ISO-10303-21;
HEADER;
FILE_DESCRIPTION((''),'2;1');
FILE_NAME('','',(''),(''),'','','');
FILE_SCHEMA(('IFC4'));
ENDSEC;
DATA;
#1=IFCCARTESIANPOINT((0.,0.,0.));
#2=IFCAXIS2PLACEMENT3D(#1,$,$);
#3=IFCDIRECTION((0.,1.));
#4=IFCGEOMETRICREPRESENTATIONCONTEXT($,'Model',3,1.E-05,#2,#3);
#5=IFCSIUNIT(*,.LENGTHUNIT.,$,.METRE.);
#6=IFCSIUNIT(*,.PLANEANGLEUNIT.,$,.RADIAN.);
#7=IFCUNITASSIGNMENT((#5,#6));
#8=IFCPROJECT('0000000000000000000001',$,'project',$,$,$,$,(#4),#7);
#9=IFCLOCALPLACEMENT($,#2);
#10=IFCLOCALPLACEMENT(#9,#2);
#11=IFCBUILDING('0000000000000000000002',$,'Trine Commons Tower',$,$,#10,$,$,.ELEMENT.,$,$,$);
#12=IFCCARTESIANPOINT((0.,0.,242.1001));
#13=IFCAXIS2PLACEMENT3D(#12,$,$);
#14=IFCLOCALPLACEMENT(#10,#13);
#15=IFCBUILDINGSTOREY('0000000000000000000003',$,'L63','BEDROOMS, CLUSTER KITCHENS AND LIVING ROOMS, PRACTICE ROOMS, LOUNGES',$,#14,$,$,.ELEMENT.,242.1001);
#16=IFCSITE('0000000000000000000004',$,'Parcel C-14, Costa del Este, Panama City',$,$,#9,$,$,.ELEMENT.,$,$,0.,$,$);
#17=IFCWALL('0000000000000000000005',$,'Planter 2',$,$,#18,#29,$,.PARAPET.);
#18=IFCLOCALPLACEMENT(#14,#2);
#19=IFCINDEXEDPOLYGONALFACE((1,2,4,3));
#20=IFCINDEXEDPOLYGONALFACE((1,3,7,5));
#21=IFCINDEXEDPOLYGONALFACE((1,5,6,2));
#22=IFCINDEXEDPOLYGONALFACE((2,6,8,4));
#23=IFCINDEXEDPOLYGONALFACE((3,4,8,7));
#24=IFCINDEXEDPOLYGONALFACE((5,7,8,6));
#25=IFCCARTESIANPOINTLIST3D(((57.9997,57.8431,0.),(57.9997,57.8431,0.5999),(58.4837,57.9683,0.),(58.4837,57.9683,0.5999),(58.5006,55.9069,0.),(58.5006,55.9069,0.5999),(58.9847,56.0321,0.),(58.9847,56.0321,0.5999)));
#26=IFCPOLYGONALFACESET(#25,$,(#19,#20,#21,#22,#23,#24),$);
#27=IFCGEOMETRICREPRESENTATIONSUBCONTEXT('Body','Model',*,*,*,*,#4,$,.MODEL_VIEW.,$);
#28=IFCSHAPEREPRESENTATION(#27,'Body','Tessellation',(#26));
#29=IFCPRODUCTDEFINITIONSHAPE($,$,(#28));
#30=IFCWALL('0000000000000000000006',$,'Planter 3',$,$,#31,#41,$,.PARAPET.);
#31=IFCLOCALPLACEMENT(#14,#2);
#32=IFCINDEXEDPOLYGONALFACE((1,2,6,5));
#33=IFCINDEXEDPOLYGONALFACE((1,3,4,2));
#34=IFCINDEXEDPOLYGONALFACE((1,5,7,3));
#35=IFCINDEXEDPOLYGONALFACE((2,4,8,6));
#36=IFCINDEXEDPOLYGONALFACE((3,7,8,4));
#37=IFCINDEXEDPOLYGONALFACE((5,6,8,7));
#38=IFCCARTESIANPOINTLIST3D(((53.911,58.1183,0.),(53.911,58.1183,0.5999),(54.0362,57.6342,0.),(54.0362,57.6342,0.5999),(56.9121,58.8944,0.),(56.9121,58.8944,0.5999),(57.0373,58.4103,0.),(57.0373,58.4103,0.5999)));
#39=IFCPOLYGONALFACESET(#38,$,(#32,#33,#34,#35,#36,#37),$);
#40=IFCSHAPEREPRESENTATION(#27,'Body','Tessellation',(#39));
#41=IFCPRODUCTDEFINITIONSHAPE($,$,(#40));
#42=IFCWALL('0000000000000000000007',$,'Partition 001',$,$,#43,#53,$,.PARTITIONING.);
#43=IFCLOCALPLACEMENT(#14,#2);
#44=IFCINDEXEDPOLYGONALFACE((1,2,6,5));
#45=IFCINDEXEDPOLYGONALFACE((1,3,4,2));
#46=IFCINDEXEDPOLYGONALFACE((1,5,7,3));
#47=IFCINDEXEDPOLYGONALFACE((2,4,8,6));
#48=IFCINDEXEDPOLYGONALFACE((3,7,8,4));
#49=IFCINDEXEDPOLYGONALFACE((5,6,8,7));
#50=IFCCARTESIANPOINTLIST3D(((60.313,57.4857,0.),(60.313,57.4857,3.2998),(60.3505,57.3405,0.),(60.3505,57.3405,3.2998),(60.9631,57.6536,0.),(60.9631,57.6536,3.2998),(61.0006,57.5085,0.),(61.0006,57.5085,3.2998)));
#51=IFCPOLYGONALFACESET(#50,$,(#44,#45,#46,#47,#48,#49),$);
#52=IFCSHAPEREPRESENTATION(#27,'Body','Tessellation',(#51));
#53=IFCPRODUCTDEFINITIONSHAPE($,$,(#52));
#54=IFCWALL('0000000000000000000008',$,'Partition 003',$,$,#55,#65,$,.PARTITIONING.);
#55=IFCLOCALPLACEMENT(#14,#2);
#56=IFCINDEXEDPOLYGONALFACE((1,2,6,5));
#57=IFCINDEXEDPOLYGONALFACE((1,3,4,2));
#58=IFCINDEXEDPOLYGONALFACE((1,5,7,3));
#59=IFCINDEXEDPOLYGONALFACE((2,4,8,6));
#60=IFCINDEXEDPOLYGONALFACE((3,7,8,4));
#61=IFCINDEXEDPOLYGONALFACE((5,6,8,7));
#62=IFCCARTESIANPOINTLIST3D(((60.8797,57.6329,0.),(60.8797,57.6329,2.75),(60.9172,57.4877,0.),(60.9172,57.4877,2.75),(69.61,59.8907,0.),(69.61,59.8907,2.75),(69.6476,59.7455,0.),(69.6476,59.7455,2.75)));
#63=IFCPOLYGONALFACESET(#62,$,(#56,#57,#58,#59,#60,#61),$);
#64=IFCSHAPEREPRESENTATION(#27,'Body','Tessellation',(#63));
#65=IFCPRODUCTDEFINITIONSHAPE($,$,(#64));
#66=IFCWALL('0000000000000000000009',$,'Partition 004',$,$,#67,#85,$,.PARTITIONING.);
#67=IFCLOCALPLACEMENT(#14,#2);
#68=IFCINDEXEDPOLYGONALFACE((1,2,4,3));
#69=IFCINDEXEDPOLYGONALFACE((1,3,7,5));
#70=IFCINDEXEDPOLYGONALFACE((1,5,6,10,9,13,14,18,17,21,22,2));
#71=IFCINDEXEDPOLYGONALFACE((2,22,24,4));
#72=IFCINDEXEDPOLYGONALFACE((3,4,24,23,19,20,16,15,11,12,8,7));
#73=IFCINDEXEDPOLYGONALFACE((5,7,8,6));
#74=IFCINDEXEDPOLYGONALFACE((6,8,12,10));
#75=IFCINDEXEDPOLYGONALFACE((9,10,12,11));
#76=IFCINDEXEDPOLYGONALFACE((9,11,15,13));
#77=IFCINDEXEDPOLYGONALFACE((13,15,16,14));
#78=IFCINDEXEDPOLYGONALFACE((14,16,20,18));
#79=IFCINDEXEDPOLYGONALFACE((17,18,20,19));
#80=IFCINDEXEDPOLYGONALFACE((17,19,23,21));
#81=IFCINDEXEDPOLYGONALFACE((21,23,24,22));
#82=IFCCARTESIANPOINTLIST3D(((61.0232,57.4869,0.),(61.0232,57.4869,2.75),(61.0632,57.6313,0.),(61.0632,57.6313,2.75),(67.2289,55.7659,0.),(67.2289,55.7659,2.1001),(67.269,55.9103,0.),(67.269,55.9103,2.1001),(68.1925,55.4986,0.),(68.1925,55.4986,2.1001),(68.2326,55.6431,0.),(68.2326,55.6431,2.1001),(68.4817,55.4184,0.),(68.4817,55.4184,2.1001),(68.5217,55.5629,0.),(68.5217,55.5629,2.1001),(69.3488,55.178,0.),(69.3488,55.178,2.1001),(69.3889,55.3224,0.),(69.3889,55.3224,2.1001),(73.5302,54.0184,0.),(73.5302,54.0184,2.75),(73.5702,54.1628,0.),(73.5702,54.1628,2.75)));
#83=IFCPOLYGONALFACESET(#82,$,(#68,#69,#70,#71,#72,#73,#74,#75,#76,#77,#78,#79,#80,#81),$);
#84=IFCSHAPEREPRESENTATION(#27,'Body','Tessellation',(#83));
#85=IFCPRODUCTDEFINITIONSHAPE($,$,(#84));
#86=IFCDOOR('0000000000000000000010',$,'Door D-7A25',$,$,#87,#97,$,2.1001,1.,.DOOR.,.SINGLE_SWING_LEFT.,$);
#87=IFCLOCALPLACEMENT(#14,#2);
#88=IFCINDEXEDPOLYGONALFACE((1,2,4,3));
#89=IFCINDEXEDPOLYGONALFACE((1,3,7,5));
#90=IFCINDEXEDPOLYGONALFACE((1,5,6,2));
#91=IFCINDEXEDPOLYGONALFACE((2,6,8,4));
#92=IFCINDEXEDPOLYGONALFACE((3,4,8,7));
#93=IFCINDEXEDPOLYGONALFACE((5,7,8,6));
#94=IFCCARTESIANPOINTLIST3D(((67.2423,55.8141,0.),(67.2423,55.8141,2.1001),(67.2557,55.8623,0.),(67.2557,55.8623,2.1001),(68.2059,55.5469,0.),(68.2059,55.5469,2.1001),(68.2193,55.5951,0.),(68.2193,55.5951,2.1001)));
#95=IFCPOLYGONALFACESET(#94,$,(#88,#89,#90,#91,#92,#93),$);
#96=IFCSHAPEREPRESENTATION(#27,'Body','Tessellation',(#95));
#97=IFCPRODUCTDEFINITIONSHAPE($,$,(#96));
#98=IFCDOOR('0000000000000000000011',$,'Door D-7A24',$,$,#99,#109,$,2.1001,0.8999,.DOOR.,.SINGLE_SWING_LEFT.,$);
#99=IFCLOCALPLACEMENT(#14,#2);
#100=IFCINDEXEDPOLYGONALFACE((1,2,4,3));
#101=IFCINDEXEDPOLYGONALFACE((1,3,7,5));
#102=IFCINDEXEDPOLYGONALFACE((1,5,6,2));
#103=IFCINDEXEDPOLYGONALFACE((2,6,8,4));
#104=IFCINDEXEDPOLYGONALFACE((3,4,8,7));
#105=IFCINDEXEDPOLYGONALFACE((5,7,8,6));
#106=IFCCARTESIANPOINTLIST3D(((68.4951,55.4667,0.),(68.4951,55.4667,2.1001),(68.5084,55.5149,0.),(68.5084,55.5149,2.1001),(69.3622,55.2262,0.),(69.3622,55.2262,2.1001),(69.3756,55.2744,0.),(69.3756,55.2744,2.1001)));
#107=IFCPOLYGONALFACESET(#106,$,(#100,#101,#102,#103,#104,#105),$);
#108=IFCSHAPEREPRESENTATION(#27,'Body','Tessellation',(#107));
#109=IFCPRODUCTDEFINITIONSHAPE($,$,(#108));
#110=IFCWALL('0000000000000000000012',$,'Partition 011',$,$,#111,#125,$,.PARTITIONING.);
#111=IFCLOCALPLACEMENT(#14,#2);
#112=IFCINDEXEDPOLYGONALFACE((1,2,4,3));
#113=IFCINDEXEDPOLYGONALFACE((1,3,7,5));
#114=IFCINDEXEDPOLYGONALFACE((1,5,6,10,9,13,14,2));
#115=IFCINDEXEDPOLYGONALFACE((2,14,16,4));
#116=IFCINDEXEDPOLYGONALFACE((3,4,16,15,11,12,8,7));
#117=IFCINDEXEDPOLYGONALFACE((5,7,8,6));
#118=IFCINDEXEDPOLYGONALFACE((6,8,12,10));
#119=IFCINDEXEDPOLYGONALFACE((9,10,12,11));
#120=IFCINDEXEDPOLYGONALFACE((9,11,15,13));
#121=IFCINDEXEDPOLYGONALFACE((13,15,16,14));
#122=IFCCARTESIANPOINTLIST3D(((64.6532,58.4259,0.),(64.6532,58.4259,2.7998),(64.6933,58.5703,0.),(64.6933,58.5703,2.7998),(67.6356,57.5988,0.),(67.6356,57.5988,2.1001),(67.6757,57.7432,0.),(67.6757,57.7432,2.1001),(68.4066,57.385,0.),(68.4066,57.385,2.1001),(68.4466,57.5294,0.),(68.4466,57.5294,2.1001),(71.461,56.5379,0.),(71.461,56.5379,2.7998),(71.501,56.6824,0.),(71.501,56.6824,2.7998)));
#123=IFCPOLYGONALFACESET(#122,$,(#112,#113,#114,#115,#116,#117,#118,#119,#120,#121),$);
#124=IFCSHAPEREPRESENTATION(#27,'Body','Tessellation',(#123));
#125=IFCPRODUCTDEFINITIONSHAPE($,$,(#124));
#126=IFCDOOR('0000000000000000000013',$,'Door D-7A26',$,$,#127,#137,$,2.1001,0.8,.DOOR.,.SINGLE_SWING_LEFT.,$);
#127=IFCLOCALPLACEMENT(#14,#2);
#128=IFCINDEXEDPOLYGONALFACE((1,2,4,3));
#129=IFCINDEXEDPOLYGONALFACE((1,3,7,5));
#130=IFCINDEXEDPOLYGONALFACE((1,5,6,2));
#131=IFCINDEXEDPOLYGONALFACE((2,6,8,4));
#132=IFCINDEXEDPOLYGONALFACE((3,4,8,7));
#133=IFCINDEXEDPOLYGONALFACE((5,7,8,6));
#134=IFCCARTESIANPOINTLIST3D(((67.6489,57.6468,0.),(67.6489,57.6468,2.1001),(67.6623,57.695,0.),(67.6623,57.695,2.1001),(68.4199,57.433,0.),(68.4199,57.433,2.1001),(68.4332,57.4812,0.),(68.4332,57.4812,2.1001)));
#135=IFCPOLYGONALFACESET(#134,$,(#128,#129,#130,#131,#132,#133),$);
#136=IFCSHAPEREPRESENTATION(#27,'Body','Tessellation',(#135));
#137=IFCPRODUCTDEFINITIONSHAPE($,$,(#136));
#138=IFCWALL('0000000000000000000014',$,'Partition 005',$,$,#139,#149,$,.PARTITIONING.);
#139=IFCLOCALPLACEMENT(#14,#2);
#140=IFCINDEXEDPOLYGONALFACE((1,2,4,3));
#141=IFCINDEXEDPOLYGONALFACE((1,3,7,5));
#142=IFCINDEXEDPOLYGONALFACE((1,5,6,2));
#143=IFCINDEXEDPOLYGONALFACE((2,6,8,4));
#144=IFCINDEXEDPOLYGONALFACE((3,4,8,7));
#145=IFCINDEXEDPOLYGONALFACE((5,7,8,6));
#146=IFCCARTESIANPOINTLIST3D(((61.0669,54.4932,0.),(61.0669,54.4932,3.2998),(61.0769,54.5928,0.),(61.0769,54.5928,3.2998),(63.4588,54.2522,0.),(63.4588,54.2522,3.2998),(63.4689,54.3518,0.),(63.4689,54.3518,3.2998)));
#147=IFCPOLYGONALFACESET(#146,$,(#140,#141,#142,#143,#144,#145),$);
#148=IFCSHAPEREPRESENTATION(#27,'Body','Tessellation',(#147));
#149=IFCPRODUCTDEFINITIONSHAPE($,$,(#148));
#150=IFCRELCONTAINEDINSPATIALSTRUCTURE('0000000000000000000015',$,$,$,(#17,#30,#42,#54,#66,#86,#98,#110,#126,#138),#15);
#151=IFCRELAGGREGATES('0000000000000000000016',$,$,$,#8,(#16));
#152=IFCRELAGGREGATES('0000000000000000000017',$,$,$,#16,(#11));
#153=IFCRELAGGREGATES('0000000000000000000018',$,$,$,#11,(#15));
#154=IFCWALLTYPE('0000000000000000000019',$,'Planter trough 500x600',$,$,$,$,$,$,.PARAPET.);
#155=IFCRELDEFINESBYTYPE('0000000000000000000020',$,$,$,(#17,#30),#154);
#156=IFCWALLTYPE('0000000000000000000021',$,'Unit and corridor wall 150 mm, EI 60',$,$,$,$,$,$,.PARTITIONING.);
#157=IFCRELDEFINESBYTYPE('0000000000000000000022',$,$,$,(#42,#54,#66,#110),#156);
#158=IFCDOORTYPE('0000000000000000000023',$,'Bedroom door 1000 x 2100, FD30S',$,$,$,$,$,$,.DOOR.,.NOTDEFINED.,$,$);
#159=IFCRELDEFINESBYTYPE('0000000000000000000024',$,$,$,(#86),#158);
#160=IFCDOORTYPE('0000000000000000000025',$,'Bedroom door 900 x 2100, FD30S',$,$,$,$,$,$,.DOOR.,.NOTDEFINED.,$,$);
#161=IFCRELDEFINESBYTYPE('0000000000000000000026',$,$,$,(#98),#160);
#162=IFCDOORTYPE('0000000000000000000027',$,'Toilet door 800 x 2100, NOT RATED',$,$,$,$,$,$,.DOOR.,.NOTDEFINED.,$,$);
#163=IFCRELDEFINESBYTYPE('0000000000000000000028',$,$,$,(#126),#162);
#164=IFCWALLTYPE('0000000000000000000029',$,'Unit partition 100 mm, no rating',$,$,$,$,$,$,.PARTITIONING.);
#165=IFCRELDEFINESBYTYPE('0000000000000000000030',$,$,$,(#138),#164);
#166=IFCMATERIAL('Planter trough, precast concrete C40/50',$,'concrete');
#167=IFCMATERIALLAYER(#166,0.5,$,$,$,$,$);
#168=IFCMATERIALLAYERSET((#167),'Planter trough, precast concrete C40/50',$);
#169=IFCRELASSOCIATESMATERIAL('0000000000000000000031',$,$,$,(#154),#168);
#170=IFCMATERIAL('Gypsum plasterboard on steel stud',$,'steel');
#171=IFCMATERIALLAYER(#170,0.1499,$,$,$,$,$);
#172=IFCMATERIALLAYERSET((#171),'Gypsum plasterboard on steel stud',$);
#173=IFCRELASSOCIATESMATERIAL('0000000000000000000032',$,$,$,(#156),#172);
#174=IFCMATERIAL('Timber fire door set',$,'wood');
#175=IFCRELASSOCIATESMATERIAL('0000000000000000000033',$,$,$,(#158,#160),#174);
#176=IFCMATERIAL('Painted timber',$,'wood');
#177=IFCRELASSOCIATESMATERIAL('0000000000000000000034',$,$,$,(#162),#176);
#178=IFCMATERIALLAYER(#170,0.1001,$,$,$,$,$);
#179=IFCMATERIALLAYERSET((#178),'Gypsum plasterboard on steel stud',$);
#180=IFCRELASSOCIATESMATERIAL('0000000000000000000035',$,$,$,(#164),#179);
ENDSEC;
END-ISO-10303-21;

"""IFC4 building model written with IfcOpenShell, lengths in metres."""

from ifc_helpers import new_model, si_unit, direction, frame, frame_2d, origin, place, context, subcontext, project, spatial, rectangle, extrude, material, layer, layer_set, type_object, element, fill, save


model = new_model("IFC4")

# Units and contexts
model_context = context("Model", 3, precision=1e-05, world=origin(), true_north=direction((0.0, 1.0)))
body_context = subcontext(model_context, "Body", "Model", "MODEL_VIEW")
ifc_project = project(units=[si_unit("LENGTHUNIT", "METRE"), si_unit("PLANEANGLEUNIT", "RADIAN")], contexts=[model_context])

# Site, building, storey
site_placement = place(None, origin())
site = spatial("IfcSite", under=ifc_project, at=site_placement, Name="Parcel C-14, Costa del Este, Panama City", CompositionType="ELEMENT", RefElevation=0.0)
building_placement = place(site_placement, origin())
building = spatial("IfcBuilding", under=site, at=building_placement, Name="Trine Commons Tower", CompositionType="ELEMENT")
storey_placement = place(building_placement, frame((0.0, 0.0, 242.1001)))
storey = spatial("IfcBuildingStorey", under=building, at=storey_placement, Name="L63", Description="BEDROOMS, CLUSTER KITCHENS AND LIVING ROOMS, PRACTICE ROOMS, LOUNGES", CompositionType="ELEMENT", Elevation=242.1001)

# Walls
ifc_material_1 = material(Name="Planter trough, precast concrete C40/50", Category="concrete")
ifc_layer_1 = layer(ifc_material_1, 0.5)
ifc_layer_set_1 = layer_set([ifc_layer_1], Name="Planter trough, precast concrete C40/50")
wall_type_1 = type_object("IfcWallType", Name="Planter trough 500x600", PredefinedType="PARAPET", material=ifc_layer_set_1)
wall_1_placement = place(storey_placement, frame((58.7427, 55.9695, 0.0), z_axis=(0.0, 0.0, 1.0), x_axis=(-0.250483, 0.968121, 0.0)))
element("IfcWall", 1, at=wall_1_placement, inside=storey, type_object=wall_type_1, Name="Planter 2", PredefinedType="PARAPET", context=body_context, shape_type="SweptSolid", body=[
    extrude(rectangle(XDim=2.0, YDim=0.5, at=frame_2d((1.0, 0.0))), origin(), (0.0, 0.0, 1.0), 0.5999),
])
wall_2_placement = place(storey_placement, frame((56.9746, 58.6523, 0.0), z_axis=(0.0, 0.0, 1.0), x_axis=(-0.968151, -0.250366, 0.0)))
element("IfcWall", 2, at=wall_2_placement, inside=storey, type_object=wall_type_1, Name="Planter 3", PredefinedType="PARAPET", context=body_context, shape_type="SweptSolid", body=[
    extrude(rectangle(XDim=3.0999, YDim=0.5, at=frame_2d((1.5498, 0.0))), origin(), (0.0, 0.0, 1.0), 0.5999),
])
ifc_material_2 = material(Name="Gypsum plasterboard on steel stud", Category="steel")
ifc_layer_2 = layer(ifc_material_2, 0.1499)
ifc_layer_set_2 = layer_set([ifc_layer_2], Name="Gypsum plasterboard on steel stud")
wall_type_2 = type_object("IfcWallType", Name="Unit and corridor wall 150 mm, EI 60", PredefinedType="PARTITIONING", material=ifc_layer_set_2)
wall_3_placement = place(storey_placement, frame((60.3318, 57.4131, 0.0), z_axis=(0.0, 0.0, 1.0), x_axis=(0.968209, 0.250142, 0.0)))
element("IfcWall", 3, at=wall_3_placement, inside=storey, type_object=wall_type_2, Name="Partition 001", PredefinedType="PARTITIONING", context=body_context, shape_type="SweptSolid", body=[
    extrude(rectangle(XDim=0.6714, YDim=0.1499, at=frame_2d((0.3357, 0.0))), origin(), (0.0, 0.0, 1.0), 3.2998),
])
wall_4_placement = place(storey_placement, frame((60.8984, 57.5603, 0.0), z_axis=(0.0, 0.0, 1.0), x_axis=(0.968149, 0.250376, 0.0)))
element("IfcWall", 4, at=wall_4_placement, inside=storey, type_object=wall_type_2, Name="Partition 003", PredefinedType="PARTITIONING", context=body_context, shape_type="SweptSolid", body=[
    extrude(rectangle(XDim=9.0176, YDim=0.1499, at=frame_2d((4.5088, 0.0))), origin(), (0.0, 0.0, 1.0), 2.75),
])

# Wall, openings, doors
wall_5_placement = place(storey_placement, frame((61.0432, 57.5591, 0.0), z_axis=(0.0, 0.0, 1.0), x_axis=(0.963631, -0.267237, 0.0)))
wall_5 = element("IfcWall", 5, at=wall_5_placement, inside=storey, type_object=wall_type_2, Name="Partition 004", PredefinedType="PARTITIONING", context=body_context, shape_type="SweptSolid", body=[
    extrude(rectangle(XDim=12.979, YDim=0.1499, at=frame_2d((6.4895, 0.0))), origin(), (0.0, 0.0, 1.0), 2.75),
])
opening_1_placement = place(wall_5_placement, frame((7.74, 0.0, 0.0)))
opening_1 = element("IfcOpeningElement", 6, at=opening_1_placement, cuts=wall_5, PredefinedType="OPENING", context=body_context, shape_type="SweptSolid", body=[
    extrude(rectangle(XDim=0.8999, YDim=2.1001, at=frame_2d((0.45, 1.05))), frame((0.0, 0.085, 0.0), z_axis=(0.0, -1.0, 0.0), x_axis=(1.0, 0.0, 0.0)), (0.0, 0.0, 1.0), 0.1699),
])
opening_2_placement = place(wall_5_placement, frame((6.4399, 0.0, 0.0)))
opening_2 = element("IfcOpeningElement", 7, at=opening_2_placement, cuts=wall_5, PredefinedType="OPENING", context=body_context, shape_type="SweptSolid", body=[
    extrude(rectangle(XDim=1.0, YDim=2.1001, at=frame_2d((0.5, 1.05))), frame((0.0, 0.085, 0.0), z_axis=(0.0, -1.0, 0.0), x_axis=(1.0, 0.0, 0.0)), (0.0, 0.0, 1.0), 0.1699),
])
ifc_material_3 = material(Name="Timber fire door set", Category="wood")
door_type_1 = type_object("IfcDoorType", Name="Bedroom door 1000 x 2100, FD30S", OperationType="NOTDEFINED", PredefinedType="DOOR", material=ifc_material_3)
door_1_placement = place(opening_2_placement, frame((1.0, 0.0, 0.0), z_axis=(0.0, 0.0, 1.0), x_axis=(-1.0, 0.0, 0.0)))
door_1 = element("IfcDoor", 8, at=door_1_placement, inside=storey, type_object=door_type_1, Name="Door D-7A25", OperationType="SINGLE_SWING_LEFT", OverallHeight=2.1001, OverallWidth=1.0, PredefinedType="DOOR", context=body_context, shape_type="SweptSolid", body=[
    extrude(rectangle(XDim=1.0, YDim=2.1001, at=frame_2d((0.5, 1.05))), frame((0.0, 0.0249, 0.0), z_axis=(0.0, -1.0, 0.0), x_axis=(1.0, 0.0, 0.0)), (0.0, 0.0, 1.0), 0.05),
])
fill(opening_2, door_1)
door_type_2 = type_object("IfcDoorType", Name="Bedroom door 900 x 2100, FD30S", OperationType="NOTDEFINED", PredefinedType="DOOR", material=ifc_material_3)
door_2_placement = place(opening_1_placement, frame((0.8999, 0.0, 0.0), z_axis=(0.0, 0.0, 1.0), x_axis=(-1.0, 0.0, 0.0)))
door_2 = element("IfcDoor", 9, at=door_2_placement, inside=storey, type_object=door_type_2, Name="Door D-7A24", OperationType="SINGLE_SWING_LEFT", OverallHeight=2.1001, OverallWidth=0.8999, PredefinedType="DOOR", context=body_context, shape_type="SweptSolid", body=[
    extrude(rectangle(XDim=0.8999, YDim=2.1001, at=frame_2d((0.45, 1.05))), frame((0.0, 0.0249, 0.0), z_axis=(0.0, -1.0, 0.0), x_axis=(1.0, 0.0, 0.0)), (0.0, 0.0, 1.0), 0.05),
])
fill(opening_1, door_2)

# Wall, opening, door
wall_6_placement = place(storey_placement, frame((64.6733, 58.498, 0.0), z_axis=(0.0, 0.0, 1.0), x_axis=(0.963632, -0.267232, 0.0)))
wall_6 = element("IfcWall", 10, at=wall_6_placement, inside=storey, type_object=wall_type_2, Name="Partition 011", PredefinedType="PARTITIONING", context=body_context, shape_type="SweptSolid", body=[
    extrude(rectangle(XDim=7.0647, YDim=0.1499, at=frame_2d((3.5322, 0.0))), origin(), (0.0, 0.0, 1.0), 2.7998),
])
opening_3_placement = place(wall_6_placement, frame((3.095, 0.0, 0.0)))
opening_3 = element("IfcOpeningElement", 11, at=opening_3_placement, cuts=wall_6, PredefinedType="OPENING", context=body_context, shape_type="SweptSolid", body=[
    extrude(rectangle(XDim=0.8, YDim=2.1001, at=frame_2d((0.3999, 1.05))), frame((0.0, 0.085, 0.0), z_axis=(0.0, -1.0, 0.0), x_axis=(1.0, 0.0, 0.0)), (0.0, 0.0, 1.0), 0.1699),
])
ifc_material_4 = material(Name="Painted timber", Category="wood")
door_type_3 = type_object("IfcDoorType", Name="Toilet door 800 x 2100, NOT RATED", OperationType="NOTDEFINED", PredefinedType="DOOR", material=ifc_material_4)
door_3_placement = place(opening_3_placement, origin())
door_3 = element("IfcDoor", 12, at=door_3_placement, inside=storey, type_object=door_type_3, Name="Door D-7A26", OperationType="SINGLE_SWING_LEFT", OverallHeight=2.1001, OverallWidth=0.8, PredefinedType="DOOR", context=body_context, shape_type="SweptSolid", body=[
    extrude(rectangle(XDim=0.8, YDim=2.1001, at=frame_2d((0.3999, 1.05))), frame((0.0, 0.0249, 0.0), z_axis=(0.0, -1.0, 0.0), x_axis=(1.0, 0.0, 0.0)), (0.0, 0.0, 1.0), 0.05),
])
fill(opening_3, door_3)

# Wall
ifc_layer_3 = layer(ifc_material_2, 0.1001)
ifc_layer_set_3 = layer_set([ifc_layer_3], Name="Gypsum plasterboard on steel stud")
wall_type_3 = type_object("IfcWallType", Name="Unit partition 100 mm, no rating", PredefinedType="PARTITIONING", material=ifc_layer_set_3)
wall_7_placement = place(storey_placement, frame((61.0718, 54.543, 0.0), z_axis=(0.0, 0.0, 1.0), x_axis=(0.994964, -0.100238, 0.0)))
element("IfcWall", 13, at=wall_7_placement, inside=storey, type_object=wall_type_3, Name="Partition 005", PredefinedType="PARTITIONING", context=body_context, shape_type="SweptSolid", body=[
    extrude(rectangle(XDim=2.4041, YDim=0.1001, at=frame_2d((1.2021, 0.0))), origin(), (0.0, 0.0, 1.0), 3.2998),
])

save(model, "model.ifc")
